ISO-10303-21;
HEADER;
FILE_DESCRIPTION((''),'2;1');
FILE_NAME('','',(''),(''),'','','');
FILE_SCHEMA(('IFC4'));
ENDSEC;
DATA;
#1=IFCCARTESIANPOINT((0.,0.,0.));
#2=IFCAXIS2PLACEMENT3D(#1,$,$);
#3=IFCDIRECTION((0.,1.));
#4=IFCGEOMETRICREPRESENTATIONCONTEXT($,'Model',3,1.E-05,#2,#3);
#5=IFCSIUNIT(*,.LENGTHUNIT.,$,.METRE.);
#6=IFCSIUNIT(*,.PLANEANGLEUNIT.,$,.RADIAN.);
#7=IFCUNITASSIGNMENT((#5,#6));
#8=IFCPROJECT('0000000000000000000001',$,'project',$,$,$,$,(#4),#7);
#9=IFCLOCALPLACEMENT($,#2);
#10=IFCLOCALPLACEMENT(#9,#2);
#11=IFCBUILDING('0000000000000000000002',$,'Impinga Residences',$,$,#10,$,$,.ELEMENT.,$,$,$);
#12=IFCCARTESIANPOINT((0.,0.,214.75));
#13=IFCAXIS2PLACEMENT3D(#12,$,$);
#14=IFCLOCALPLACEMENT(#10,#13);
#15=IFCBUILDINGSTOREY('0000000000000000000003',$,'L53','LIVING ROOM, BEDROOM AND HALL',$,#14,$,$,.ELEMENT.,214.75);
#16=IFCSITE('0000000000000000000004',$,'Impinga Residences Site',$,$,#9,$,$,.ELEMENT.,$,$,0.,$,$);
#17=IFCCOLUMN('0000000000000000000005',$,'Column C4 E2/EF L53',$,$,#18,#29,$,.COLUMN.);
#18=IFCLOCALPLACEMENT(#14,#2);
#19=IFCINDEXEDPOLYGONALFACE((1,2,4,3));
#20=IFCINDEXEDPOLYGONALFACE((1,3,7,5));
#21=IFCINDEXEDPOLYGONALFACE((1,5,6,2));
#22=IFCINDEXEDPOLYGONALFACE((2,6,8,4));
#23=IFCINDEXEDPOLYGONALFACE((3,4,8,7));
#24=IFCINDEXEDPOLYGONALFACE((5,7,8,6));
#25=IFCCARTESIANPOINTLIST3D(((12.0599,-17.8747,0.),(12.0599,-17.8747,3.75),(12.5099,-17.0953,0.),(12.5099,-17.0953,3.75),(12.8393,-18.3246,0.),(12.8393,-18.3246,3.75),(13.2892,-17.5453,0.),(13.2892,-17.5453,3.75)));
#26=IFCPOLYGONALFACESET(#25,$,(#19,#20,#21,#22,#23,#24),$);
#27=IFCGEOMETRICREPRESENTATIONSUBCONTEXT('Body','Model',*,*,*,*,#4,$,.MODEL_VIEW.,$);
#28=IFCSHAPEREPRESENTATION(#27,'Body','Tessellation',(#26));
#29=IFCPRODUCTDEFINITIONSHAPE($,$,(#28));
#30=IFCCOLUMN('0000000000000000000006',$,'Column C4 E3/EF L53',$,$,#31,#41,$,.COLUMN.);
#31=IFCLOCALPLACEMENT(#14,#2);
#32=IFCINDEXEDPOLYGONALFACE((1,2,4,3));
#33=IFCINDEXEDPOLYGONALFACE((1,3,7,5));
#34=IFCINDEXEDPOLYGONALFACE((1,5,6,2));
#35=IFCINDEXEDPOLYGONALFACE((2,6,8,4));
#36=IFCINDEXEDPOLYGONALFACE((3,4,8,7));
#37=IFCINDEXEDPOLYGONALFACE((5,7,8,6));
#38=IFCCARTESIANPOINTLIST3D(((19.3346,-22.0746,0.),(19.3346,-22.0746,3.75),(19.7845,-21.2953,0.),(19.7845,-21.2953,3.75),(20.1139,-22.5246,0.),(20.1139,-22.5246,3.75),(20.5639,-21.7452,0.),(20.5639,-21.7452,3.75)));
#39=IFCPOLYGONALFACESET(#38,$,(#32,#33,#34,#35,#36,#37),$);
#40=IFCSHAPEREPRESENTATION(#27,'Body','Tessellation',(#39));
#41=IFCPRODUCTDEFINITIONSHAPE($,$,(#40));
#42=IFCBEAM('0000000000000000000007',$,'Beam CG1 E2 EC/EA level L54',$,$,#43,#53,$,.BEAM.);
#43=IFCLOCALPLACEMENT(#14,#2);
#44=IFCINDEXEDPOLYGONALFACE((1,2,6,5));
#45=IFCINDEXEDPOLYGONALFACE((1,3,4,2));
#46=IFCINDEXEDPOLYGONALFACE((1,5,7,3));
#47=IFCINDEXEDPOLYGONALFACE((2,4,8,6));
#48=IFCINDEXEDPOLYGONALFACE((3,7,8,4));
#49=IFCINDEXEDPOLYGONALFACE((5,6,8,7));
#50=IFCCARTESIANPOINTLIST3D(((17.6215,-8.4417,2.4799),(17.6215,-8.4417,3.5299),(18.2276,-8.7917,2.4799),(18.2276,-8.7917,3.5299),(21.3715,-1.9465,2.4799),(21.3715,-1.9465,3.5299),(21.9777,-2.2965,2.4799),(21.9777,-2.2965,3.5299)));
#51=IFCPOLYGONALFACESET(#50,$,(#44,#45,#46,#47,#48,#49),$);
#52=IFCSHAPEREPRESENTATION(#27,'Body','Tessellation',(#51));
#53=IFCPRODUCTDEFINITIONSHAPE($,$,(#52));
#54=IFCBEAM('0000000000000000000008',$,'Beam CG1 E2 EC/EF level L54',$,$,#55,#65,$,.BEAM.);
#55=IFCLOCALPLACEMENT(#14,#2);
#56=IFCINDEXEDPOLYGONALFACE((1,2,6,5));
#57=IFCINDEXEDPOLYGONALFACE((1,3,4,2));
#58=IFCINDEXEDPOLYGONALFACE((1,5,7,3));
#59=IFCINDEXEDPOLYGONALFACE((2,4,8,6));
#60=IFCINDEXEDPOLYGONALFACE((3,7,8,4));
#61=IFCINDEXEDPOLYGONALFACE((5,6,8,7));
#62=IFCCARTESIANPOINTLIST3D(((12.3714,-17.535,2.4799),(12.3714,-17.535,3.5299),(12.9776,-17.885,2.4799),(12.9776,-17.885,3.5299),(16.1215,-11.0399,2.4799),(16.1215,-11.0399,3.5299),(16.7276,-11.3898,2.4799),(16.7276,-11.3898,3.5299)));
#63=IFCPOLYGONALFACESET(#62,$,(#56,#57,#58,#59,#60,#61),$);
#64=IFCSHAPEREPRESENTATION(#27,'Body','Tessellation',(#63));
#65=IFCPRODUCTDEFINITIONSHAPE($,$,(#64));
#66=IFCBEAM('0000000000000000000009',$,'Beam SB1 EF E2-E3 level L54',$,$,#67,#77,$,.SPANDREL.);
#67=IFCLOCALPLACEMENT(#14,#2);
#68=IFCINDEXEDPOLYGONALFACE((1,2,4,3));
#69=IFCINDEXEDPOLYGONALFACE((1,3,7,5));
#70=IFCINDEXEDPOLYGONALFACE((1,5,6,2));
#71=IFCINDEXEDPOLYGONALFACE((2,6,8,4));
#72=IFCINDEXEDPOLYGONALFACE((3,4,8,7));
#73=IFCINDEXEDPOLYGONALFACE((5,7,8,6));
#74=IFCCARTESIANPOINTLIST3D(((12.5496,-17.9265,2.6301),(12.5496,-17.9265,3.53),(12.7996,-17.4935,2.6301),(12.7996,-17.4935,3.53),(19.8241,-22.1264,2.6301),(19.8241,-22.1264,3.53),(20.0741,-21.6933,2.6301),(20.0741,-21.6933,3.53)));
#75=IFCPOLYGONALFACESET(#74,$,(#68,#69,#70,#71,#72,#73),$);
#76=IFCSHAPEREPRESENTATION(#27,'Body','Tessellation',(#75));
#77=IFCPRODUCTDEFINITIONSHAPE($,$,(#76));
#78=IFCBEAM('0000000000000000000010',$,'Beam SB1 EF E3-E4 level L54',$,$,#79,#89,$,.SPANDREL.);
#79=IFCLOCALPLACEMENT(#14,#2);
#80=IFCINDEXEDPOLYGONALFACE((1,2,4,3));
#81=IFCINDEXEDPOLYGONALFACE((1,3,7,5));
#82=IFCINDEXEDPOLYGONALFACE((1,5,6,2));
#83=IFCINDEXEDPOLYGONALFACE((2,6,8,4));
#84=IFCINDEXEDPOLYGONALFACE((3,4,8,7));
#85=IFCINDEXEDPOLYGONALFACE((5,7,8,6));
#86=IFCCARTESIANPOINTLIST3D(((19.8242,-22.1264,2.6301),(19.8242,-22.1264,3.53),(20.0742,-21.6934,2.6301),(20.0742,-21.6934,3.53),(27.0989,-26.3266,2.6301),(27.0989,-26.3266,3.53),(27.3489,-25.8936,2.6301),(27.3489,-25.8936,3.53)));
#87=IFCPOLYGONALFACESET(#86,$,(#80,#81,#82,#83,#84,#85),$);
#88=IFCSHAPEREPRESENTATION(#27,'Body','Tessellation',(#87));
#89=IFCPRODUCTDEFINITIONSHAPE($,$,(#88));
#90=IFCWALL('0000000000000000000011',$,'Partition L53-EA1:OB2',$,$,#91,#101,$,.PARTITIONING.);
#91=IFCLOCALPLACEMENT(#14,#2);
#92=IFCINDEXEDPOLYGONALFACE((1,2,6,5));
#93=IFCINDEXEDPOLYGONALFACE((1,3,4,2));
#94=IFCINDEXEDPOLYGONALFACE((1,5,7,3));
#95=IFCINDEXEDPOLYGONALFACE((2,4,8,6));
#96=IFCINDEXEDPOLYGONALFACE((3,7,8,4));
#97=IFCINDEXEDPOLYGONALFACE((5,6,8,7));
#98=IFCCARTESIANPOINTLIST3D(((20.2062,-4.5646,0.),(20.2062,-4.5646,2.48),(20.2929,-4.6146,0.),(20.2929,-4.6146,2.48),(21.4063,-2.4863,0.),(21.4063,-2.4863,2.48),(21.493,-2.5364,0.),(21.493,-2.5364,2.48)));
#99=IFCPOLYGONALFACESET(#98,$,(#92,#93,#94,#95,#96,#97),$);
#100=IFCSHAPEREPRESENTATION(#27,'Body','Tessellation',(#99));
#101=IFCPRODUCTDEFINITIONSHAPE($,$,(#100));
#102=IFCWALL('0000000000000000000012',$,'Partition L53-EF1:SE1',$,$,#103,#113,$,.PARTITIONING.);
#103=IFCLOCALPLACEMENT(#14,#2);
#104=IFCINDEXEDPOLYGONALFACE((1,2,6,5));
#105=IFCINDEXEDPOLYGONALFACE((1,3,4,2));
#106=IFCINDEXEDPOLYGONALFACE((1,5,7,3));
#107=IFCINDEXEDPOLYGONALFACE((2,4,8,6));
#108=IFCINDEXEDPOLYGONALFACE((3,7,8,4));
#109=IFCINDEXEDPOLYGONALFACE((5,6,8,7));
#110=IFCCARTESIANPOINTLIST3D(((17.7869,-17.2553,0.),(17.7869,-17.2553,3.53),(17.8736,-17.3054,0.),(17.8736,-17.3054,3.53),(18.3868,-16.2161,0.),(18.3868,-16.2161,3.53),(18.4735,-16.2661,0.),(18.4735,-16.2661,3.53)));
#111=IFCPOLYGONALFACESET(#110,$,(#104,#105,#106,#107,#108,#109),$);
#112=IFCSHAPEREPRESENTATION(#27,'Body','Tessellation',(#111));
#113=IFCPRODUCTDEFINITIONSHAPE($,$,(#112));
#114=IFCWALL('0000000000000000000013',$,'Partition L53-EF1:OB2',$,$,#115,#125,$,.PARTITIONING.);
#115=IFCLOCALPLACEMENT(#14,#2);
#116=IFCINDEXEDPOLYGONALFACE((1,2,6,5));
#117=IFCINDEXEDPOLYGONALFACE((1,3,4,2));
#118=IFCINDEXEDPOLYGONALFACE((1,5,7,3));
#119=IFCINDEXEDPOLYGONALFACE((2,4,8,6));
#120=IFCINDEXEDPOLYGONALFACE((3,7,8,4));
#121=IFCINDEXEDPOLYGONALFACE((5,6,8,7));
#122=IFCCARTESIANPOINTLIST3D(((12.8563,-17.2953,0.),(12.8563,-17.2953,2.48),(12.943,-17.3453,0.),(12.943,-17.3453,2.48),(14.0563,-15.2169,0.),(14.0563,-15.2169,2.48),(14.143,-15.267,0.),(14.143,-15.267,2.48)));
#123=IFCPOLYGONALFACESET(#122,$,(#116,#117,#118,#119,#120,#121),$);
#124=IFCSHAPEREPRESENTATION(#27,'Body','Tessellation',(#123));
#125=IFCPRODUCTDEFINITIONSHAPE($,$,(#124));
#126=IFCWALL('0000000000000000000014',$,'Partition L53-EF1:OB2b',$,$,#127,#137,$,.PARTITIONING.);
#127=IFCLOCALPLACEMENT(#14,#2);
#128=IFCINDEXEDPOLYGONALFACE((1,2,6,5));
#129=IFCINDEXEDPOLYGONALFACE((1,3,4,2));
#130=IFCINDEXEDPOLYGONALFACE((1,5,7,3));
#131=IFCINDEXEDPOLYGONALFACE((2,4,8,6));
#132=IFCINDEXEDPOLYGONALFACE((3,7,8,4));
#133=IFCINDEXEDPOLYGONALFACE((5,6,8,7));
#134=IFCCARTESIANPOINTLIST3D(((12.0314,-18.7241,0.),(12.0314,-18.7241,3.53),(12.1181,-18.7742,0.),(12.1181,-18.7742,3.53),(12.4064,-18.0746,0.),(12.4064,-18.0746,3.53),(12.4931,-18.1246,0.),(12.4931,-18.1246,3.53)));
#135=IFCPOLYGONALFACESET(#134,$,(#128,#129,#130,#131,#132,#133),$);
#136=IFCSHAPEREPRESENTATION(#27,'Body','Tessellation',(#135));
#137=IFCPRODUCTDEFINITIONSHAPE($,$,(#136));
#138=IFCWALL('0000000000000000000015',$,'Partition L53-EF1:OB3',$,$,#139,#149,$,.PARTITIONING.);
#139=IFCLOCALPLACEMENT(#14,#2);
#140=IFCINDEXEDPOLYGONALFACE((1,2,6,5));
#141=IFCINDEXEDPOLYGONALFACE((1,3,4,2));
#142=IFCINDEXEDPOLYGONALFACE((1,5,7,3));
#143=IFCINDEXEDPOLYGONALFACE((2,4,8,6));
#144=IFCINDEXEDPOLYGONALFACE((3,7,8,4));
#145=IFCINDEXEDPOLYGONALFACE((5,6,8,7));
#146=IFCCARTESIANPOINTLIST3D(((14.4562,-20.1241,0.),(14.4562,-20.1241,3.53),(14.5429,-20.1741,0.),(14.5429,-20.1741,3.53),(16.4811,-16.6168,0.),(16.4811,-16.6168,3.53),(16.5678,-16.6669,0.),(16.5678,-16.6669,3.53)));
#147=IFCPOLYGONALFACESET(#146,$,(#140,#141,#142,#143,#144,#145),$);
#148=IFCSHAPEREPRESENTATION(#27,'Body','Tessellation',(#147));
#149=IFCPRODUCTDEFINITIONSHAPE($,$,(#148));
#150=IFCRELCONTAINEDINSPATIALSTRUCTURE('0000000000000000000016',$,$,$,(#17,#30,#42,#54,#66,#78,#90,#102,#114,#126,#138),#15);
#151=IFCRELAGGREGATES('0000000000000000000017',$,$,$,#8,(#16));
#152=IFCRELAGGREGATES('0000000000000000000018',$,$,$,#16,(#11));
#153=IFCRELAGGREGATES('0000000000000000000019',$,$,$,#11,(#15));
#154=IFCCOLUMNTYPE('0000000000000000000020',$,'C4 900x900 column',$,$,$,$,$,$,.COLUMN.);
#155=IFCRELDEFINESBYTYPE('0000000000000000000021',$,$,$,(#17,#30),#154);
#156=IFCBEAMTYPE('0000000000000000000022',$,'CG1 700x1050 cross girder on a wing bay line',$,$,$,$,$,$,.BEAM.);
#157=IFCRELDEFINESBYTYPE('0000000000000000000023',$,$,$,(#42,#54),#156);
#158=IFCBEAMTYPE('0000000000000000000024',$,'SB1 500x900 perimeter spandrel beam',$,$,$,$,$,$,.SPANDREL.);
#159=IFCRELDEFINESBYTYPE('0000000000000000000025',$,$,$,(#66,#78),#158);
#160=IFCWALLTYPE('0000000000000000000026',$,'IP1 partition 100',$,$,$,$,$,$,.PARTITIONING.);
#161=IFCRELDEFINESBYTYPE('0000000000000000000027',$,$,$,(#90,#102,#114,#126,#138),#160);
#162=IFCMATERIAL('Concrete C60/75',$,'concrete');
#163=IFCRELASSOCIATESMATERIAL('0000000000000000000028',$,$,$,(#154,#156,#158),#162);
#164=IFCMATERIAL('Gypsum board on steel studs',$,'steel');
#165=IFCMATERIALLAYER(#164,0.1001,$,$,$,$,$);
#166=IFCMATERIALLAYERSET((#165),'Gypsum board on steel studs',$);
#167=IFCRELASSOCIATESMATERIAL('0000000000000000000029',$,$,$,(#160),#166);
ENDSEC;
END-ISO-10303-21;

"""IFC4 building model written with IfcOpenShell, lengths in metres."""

from ifc_helpers import new_model, si_unit, direction, frame, frame_2d, origin, origin_2d, place, context, subcontext, project, spatial, rectangle, extrude, material, layer, layer_set, material_profile, profile_set, type_object, element, save


model = new_model("IFC4")

# Units and contexts
model_context = context("Model", 3, precision=1e-05, world=origin(), true_north=direction((0.0, 1.0)))
body_context = subcontext(model_context, "Body", "Model", "MODEL_VIEW")
ifc_project = project(units=[si_unit("LENGTHUNIT", "METRE"), si_unit("PLANEANGLEUNIT", "RADIAN")], contexts=[model_context])

# Site, building, storey
site_placement = place(None, origin())
site = spatial("IfcSite", under=ifc_project, at=site_placement, Name="Impinga Residences Site", CompositionType="ELEMENT", RefElevation=0.0)
building_placement = place(site_placement, origin())
building = spatial("IfcBuilding", under=site, at=building_placement, Name="Impinga Residences", CompositionType="ELEMENT")
storey_placement = place(building_placement, frame((0.0, 0.0, 214.75)))
storey = spatial("IfcBuildingStorey", under=building, at=storey_placement, Name="L53", Description="LIVING ROOM, BEDROOM AND HALL", CompositionType="ELEMENT", Elevation=214.75)

# Columns
ifc_material_1 = material(Name="Concrete C60/75", Category="concrete")
ifc_material_profile_1 = material_profile(ifc_material_1, rectangle(XDim=0.8999, YDim=0.8999, at=origin_2d()), Name="RC 900x900")
ifc_profile_set_1 = profile_set([ifc_material_profile_1], Name="Concrete C60/75")
column_type = type_object("IfcColumnType", Name="C4 900x900 column", PredefinedType="COLUMN", material=ifc_profile_set_1)
for number, where, z_axis, x_axis, name in (
    (1, (12.6746, -17.71, 0.0), (0.0, 0.0, 1.0), (-0.5, -0.866025, 0.0), "Column C4 E2/EF L53"),
    (2, (19.9492, -21.9099, 0.0), (0.0, 0.0, 1.0), (-0.5, -0.866025, 0.0), "Column C4 E3/EF L53"),
):
    element("IfcColumn", number, at=place(storey_placement, frame(where, z_axis=z_axis, x_axis=x_axis)), inside=storey, type_object=column_type, Name=name, PredefinedType="COLUMN", context=body_context, shape_type="SweptSolid", body=[
        extrude(rectangle(XDim=0.8999, YDim=0.8999, at=origin_2d()), origin(), (0.0, 0.0, 1.0), 3.75),
    ])

# Beams
ifc_material_profile_2 = material_profile(ifc_material_1, rectangle(XDim=0.7, YDim=1.05, at=origin_2d()), Name="RC 700x1050")
ifc_profile_set_2 = profile_set([ifc_material_profile_2], Name="Concrete C60/75")
beam_type_1 = type_object("IfcBeamType", Name="CG1 700x1050 cross girder on a wing bay line", PredefinedType="BEAM", material=ifc_profile_set_2)
for number, where, z_axis, x_axis, name in (
    (3, (17.9246, -8.6167, 3.0049), (0.500004, 0.866023, 0.0), (-0.866023, 0.500004, 0.0), "Beam CG1 E2 EC/EA level L54"),
    (4, (16.4246, -11.2148, 3.0049), (-0.500004, -0.866023, 0.0), (0.866023, -0.500004, 0.0), "Beam CG1 E2 EC/EF level L54"),
):
    element("IfcBeam", number, at=place(storey_placement, frame(where, z_axis=z_axis, x_axis=x_axis)), inside=storey, type_object=beam_type_1, Name=name, PredefinedType="BEAM", context=body_context, shape_type="SweptSolid", body=[
        extrude(rectangle(XDim=0.7, YDim=1.05, at=origin_2d()), origin(), (0.0, 0.0, 1.0), 7.5),
    ])
ifc_material_profile_3 = material_profile(ifc_material_1, rectangle(XDim=0.5, YDim=0.8999, at=origin_2d()), Name="RC 500x900")
ifc_profile_set_3 = profile_set([ifc_material_profile_3], Name="Concrete C60/75")
beam_type_2 = type_object("IfcBeamType", Name="SB1 500x900 perimeter spandrel beam", PredefinedType="SPANDREL", material=ifc_profile_set_3)
beam_1_placement = place(storey_placement, frame((12.6746, -17.71, 3.0801), z_axis=(0.866029, -0.499993, 0.0), x_axis=(0.499993, 0.866029, 0.0)))
element("IfcBeam", 5, at=beam_1_placement, inside=storey, type_object=beam_type_2, Name="Beam SB1 EF E2-E3 level L54", PredefinedType="SPANDREL", context=body_context, shape_type="SweptSolid", body=[
    extrude(rectangle(XDim=0.5, YDim=0.8999, at=origin_2d()), origin(), (0.0, 0.0, 1.0), 8.3999),
])
beam_2_placement = place(storey_placement, frame((19.9492, -21.9099, 3.0801), z_axis=(0.866017, -0.500015, 0.0), x_axis=(0.500015, 0.866017, 0.0)))
element("IfcBeam", 6, at=beam_2_placement, inside=storey, type_object=beam_type_2, Name="Beam SB1 EF E3-E4 level L54", PredefinedType="SPANDREL", context=body_context, shape_type="SweptSolid", body=[
    extrude(rectangle(XDim=0.5, YDim=0.8999, at=origin_2d()), origin(), (0.0, 0.0, 1.0), 8.4001),
])

# Walls
ifc_material_2 = material(Name="Gypsum board on steel studs", Category="steel")
ifc_layer_1 = layer(ifc_material_2, 0.1001)
ifc_layer_set_1 = layer_set([ifc_layer_1], Name="Gypsum board on steel studs")
wall_type_1 = type_object("IfcWallType", Name="IP1 partition 100", PredefinedType="PARTITIONING", material=ifc_layer_set_1)
wall_1_placement = place(storey_placement, frame((20.2495, -4.5896, 0.0), z_axis=(0.0, 0.0, 1.0), x_axis=(0.500078, 0.865981, 0.0)))
element("IfcWall", 7, at=wall_1_placement, inside=storey, type_object=wall_type_1, Name="Partition L53-EA1:OB2", PredefinedType="PARTITIONING", context=body_context, shape_type="SweptSolid", body=[
    extrude(rectangle(XDim=2.3999, YDim=0.1001, at=frame_2d((1.2, 0.0))), origin(), (0.0, 0.0, 1.0), 2.48),
])
wall_2_placement = place(storey_placement, frame((18.4302, -16.241, 0.0), z_axis=(0.0, 0.0, 1.0), x_axis=(-0.499881, -0.866094, 0.0)))
element("IfcWall", 8, at=wall_2_placement, inside=storey, type_object=wall_type_1, Name="Partition L53-EF1:SE1", PredefinedType="PARTITIONING", context=body_context, shape_type="SweptSolid", body=[
    extrude(rectangle(XDim=1.2, YDim=0.1001, at=frame_2d((0.6001, 0.0))), origin(), (0.0, 0.0, 1.0), 3.53),
])
wall_3_placement = place(storey_placement, frame((14.0996, -15.2419, 0.0), z_axis=(0.0, 0.0, 1.0), x_axis=(-0.500001, -0.866025, 0.0)))
element("IfcWall", 9, at=wall_3_placement, inside=storey, type_object=wall_type_1, Name="Partition L53-EF1:OB2", PredefinedType="PARTITIONING", context=body_context, shape_type="SweptSolid", body=[
    extrude(rectangle(XDim=2.3999, YDim=0.1001, at=frame_2d((1.2, 0.0))), origin(), (0.0, 0.0, 1.0), 2.48),
])
wall_4_placement = place(storey_placement, frame((12.4497, -18.0996, 0.0), z_axis=(0.0, 0.0, 1.0), x_axis=(-0.49992, -0.866072, 0.0)))
element("IfcWall", 10, at=wall_4_placement, inside=storey, type_object=wall_type_1, Name="Partition L53-EF1:OB2b", PredefinedType="PARTITIONING", context=body_context, shape_type="SweptSolid", body=[
    extrude(rectangle(XDim=0.75, YDim=0.1001, at=frame_2d((0.375, 0.0))), origin(), (0.0, 0.0, 1.0), 3.53),
])
wall_5_placement = place(storey_placement, frame((16.5244, -16.6418, 0.0), z_axis=(0.0, 0.0, 1.0), x_axis=(-0.49999, -0.866031, 0.0)))
element("IfcWall", 11, at=wall_5_placement, inside=storey, type_object=wall_type_1, Name="Partition L53-EF1:OB3", PredefinedType="PARTITIONING", context=body_context, shape_type="SweptSolid", body=[
    extrude(rectangle(XDim=4.0498, YDim=0.1001, at=frame_2d((2.0249, 0.0))), origin(), (0.0, 0.0, 1.0), 3.53),
])

save(model, "model.ifc")
